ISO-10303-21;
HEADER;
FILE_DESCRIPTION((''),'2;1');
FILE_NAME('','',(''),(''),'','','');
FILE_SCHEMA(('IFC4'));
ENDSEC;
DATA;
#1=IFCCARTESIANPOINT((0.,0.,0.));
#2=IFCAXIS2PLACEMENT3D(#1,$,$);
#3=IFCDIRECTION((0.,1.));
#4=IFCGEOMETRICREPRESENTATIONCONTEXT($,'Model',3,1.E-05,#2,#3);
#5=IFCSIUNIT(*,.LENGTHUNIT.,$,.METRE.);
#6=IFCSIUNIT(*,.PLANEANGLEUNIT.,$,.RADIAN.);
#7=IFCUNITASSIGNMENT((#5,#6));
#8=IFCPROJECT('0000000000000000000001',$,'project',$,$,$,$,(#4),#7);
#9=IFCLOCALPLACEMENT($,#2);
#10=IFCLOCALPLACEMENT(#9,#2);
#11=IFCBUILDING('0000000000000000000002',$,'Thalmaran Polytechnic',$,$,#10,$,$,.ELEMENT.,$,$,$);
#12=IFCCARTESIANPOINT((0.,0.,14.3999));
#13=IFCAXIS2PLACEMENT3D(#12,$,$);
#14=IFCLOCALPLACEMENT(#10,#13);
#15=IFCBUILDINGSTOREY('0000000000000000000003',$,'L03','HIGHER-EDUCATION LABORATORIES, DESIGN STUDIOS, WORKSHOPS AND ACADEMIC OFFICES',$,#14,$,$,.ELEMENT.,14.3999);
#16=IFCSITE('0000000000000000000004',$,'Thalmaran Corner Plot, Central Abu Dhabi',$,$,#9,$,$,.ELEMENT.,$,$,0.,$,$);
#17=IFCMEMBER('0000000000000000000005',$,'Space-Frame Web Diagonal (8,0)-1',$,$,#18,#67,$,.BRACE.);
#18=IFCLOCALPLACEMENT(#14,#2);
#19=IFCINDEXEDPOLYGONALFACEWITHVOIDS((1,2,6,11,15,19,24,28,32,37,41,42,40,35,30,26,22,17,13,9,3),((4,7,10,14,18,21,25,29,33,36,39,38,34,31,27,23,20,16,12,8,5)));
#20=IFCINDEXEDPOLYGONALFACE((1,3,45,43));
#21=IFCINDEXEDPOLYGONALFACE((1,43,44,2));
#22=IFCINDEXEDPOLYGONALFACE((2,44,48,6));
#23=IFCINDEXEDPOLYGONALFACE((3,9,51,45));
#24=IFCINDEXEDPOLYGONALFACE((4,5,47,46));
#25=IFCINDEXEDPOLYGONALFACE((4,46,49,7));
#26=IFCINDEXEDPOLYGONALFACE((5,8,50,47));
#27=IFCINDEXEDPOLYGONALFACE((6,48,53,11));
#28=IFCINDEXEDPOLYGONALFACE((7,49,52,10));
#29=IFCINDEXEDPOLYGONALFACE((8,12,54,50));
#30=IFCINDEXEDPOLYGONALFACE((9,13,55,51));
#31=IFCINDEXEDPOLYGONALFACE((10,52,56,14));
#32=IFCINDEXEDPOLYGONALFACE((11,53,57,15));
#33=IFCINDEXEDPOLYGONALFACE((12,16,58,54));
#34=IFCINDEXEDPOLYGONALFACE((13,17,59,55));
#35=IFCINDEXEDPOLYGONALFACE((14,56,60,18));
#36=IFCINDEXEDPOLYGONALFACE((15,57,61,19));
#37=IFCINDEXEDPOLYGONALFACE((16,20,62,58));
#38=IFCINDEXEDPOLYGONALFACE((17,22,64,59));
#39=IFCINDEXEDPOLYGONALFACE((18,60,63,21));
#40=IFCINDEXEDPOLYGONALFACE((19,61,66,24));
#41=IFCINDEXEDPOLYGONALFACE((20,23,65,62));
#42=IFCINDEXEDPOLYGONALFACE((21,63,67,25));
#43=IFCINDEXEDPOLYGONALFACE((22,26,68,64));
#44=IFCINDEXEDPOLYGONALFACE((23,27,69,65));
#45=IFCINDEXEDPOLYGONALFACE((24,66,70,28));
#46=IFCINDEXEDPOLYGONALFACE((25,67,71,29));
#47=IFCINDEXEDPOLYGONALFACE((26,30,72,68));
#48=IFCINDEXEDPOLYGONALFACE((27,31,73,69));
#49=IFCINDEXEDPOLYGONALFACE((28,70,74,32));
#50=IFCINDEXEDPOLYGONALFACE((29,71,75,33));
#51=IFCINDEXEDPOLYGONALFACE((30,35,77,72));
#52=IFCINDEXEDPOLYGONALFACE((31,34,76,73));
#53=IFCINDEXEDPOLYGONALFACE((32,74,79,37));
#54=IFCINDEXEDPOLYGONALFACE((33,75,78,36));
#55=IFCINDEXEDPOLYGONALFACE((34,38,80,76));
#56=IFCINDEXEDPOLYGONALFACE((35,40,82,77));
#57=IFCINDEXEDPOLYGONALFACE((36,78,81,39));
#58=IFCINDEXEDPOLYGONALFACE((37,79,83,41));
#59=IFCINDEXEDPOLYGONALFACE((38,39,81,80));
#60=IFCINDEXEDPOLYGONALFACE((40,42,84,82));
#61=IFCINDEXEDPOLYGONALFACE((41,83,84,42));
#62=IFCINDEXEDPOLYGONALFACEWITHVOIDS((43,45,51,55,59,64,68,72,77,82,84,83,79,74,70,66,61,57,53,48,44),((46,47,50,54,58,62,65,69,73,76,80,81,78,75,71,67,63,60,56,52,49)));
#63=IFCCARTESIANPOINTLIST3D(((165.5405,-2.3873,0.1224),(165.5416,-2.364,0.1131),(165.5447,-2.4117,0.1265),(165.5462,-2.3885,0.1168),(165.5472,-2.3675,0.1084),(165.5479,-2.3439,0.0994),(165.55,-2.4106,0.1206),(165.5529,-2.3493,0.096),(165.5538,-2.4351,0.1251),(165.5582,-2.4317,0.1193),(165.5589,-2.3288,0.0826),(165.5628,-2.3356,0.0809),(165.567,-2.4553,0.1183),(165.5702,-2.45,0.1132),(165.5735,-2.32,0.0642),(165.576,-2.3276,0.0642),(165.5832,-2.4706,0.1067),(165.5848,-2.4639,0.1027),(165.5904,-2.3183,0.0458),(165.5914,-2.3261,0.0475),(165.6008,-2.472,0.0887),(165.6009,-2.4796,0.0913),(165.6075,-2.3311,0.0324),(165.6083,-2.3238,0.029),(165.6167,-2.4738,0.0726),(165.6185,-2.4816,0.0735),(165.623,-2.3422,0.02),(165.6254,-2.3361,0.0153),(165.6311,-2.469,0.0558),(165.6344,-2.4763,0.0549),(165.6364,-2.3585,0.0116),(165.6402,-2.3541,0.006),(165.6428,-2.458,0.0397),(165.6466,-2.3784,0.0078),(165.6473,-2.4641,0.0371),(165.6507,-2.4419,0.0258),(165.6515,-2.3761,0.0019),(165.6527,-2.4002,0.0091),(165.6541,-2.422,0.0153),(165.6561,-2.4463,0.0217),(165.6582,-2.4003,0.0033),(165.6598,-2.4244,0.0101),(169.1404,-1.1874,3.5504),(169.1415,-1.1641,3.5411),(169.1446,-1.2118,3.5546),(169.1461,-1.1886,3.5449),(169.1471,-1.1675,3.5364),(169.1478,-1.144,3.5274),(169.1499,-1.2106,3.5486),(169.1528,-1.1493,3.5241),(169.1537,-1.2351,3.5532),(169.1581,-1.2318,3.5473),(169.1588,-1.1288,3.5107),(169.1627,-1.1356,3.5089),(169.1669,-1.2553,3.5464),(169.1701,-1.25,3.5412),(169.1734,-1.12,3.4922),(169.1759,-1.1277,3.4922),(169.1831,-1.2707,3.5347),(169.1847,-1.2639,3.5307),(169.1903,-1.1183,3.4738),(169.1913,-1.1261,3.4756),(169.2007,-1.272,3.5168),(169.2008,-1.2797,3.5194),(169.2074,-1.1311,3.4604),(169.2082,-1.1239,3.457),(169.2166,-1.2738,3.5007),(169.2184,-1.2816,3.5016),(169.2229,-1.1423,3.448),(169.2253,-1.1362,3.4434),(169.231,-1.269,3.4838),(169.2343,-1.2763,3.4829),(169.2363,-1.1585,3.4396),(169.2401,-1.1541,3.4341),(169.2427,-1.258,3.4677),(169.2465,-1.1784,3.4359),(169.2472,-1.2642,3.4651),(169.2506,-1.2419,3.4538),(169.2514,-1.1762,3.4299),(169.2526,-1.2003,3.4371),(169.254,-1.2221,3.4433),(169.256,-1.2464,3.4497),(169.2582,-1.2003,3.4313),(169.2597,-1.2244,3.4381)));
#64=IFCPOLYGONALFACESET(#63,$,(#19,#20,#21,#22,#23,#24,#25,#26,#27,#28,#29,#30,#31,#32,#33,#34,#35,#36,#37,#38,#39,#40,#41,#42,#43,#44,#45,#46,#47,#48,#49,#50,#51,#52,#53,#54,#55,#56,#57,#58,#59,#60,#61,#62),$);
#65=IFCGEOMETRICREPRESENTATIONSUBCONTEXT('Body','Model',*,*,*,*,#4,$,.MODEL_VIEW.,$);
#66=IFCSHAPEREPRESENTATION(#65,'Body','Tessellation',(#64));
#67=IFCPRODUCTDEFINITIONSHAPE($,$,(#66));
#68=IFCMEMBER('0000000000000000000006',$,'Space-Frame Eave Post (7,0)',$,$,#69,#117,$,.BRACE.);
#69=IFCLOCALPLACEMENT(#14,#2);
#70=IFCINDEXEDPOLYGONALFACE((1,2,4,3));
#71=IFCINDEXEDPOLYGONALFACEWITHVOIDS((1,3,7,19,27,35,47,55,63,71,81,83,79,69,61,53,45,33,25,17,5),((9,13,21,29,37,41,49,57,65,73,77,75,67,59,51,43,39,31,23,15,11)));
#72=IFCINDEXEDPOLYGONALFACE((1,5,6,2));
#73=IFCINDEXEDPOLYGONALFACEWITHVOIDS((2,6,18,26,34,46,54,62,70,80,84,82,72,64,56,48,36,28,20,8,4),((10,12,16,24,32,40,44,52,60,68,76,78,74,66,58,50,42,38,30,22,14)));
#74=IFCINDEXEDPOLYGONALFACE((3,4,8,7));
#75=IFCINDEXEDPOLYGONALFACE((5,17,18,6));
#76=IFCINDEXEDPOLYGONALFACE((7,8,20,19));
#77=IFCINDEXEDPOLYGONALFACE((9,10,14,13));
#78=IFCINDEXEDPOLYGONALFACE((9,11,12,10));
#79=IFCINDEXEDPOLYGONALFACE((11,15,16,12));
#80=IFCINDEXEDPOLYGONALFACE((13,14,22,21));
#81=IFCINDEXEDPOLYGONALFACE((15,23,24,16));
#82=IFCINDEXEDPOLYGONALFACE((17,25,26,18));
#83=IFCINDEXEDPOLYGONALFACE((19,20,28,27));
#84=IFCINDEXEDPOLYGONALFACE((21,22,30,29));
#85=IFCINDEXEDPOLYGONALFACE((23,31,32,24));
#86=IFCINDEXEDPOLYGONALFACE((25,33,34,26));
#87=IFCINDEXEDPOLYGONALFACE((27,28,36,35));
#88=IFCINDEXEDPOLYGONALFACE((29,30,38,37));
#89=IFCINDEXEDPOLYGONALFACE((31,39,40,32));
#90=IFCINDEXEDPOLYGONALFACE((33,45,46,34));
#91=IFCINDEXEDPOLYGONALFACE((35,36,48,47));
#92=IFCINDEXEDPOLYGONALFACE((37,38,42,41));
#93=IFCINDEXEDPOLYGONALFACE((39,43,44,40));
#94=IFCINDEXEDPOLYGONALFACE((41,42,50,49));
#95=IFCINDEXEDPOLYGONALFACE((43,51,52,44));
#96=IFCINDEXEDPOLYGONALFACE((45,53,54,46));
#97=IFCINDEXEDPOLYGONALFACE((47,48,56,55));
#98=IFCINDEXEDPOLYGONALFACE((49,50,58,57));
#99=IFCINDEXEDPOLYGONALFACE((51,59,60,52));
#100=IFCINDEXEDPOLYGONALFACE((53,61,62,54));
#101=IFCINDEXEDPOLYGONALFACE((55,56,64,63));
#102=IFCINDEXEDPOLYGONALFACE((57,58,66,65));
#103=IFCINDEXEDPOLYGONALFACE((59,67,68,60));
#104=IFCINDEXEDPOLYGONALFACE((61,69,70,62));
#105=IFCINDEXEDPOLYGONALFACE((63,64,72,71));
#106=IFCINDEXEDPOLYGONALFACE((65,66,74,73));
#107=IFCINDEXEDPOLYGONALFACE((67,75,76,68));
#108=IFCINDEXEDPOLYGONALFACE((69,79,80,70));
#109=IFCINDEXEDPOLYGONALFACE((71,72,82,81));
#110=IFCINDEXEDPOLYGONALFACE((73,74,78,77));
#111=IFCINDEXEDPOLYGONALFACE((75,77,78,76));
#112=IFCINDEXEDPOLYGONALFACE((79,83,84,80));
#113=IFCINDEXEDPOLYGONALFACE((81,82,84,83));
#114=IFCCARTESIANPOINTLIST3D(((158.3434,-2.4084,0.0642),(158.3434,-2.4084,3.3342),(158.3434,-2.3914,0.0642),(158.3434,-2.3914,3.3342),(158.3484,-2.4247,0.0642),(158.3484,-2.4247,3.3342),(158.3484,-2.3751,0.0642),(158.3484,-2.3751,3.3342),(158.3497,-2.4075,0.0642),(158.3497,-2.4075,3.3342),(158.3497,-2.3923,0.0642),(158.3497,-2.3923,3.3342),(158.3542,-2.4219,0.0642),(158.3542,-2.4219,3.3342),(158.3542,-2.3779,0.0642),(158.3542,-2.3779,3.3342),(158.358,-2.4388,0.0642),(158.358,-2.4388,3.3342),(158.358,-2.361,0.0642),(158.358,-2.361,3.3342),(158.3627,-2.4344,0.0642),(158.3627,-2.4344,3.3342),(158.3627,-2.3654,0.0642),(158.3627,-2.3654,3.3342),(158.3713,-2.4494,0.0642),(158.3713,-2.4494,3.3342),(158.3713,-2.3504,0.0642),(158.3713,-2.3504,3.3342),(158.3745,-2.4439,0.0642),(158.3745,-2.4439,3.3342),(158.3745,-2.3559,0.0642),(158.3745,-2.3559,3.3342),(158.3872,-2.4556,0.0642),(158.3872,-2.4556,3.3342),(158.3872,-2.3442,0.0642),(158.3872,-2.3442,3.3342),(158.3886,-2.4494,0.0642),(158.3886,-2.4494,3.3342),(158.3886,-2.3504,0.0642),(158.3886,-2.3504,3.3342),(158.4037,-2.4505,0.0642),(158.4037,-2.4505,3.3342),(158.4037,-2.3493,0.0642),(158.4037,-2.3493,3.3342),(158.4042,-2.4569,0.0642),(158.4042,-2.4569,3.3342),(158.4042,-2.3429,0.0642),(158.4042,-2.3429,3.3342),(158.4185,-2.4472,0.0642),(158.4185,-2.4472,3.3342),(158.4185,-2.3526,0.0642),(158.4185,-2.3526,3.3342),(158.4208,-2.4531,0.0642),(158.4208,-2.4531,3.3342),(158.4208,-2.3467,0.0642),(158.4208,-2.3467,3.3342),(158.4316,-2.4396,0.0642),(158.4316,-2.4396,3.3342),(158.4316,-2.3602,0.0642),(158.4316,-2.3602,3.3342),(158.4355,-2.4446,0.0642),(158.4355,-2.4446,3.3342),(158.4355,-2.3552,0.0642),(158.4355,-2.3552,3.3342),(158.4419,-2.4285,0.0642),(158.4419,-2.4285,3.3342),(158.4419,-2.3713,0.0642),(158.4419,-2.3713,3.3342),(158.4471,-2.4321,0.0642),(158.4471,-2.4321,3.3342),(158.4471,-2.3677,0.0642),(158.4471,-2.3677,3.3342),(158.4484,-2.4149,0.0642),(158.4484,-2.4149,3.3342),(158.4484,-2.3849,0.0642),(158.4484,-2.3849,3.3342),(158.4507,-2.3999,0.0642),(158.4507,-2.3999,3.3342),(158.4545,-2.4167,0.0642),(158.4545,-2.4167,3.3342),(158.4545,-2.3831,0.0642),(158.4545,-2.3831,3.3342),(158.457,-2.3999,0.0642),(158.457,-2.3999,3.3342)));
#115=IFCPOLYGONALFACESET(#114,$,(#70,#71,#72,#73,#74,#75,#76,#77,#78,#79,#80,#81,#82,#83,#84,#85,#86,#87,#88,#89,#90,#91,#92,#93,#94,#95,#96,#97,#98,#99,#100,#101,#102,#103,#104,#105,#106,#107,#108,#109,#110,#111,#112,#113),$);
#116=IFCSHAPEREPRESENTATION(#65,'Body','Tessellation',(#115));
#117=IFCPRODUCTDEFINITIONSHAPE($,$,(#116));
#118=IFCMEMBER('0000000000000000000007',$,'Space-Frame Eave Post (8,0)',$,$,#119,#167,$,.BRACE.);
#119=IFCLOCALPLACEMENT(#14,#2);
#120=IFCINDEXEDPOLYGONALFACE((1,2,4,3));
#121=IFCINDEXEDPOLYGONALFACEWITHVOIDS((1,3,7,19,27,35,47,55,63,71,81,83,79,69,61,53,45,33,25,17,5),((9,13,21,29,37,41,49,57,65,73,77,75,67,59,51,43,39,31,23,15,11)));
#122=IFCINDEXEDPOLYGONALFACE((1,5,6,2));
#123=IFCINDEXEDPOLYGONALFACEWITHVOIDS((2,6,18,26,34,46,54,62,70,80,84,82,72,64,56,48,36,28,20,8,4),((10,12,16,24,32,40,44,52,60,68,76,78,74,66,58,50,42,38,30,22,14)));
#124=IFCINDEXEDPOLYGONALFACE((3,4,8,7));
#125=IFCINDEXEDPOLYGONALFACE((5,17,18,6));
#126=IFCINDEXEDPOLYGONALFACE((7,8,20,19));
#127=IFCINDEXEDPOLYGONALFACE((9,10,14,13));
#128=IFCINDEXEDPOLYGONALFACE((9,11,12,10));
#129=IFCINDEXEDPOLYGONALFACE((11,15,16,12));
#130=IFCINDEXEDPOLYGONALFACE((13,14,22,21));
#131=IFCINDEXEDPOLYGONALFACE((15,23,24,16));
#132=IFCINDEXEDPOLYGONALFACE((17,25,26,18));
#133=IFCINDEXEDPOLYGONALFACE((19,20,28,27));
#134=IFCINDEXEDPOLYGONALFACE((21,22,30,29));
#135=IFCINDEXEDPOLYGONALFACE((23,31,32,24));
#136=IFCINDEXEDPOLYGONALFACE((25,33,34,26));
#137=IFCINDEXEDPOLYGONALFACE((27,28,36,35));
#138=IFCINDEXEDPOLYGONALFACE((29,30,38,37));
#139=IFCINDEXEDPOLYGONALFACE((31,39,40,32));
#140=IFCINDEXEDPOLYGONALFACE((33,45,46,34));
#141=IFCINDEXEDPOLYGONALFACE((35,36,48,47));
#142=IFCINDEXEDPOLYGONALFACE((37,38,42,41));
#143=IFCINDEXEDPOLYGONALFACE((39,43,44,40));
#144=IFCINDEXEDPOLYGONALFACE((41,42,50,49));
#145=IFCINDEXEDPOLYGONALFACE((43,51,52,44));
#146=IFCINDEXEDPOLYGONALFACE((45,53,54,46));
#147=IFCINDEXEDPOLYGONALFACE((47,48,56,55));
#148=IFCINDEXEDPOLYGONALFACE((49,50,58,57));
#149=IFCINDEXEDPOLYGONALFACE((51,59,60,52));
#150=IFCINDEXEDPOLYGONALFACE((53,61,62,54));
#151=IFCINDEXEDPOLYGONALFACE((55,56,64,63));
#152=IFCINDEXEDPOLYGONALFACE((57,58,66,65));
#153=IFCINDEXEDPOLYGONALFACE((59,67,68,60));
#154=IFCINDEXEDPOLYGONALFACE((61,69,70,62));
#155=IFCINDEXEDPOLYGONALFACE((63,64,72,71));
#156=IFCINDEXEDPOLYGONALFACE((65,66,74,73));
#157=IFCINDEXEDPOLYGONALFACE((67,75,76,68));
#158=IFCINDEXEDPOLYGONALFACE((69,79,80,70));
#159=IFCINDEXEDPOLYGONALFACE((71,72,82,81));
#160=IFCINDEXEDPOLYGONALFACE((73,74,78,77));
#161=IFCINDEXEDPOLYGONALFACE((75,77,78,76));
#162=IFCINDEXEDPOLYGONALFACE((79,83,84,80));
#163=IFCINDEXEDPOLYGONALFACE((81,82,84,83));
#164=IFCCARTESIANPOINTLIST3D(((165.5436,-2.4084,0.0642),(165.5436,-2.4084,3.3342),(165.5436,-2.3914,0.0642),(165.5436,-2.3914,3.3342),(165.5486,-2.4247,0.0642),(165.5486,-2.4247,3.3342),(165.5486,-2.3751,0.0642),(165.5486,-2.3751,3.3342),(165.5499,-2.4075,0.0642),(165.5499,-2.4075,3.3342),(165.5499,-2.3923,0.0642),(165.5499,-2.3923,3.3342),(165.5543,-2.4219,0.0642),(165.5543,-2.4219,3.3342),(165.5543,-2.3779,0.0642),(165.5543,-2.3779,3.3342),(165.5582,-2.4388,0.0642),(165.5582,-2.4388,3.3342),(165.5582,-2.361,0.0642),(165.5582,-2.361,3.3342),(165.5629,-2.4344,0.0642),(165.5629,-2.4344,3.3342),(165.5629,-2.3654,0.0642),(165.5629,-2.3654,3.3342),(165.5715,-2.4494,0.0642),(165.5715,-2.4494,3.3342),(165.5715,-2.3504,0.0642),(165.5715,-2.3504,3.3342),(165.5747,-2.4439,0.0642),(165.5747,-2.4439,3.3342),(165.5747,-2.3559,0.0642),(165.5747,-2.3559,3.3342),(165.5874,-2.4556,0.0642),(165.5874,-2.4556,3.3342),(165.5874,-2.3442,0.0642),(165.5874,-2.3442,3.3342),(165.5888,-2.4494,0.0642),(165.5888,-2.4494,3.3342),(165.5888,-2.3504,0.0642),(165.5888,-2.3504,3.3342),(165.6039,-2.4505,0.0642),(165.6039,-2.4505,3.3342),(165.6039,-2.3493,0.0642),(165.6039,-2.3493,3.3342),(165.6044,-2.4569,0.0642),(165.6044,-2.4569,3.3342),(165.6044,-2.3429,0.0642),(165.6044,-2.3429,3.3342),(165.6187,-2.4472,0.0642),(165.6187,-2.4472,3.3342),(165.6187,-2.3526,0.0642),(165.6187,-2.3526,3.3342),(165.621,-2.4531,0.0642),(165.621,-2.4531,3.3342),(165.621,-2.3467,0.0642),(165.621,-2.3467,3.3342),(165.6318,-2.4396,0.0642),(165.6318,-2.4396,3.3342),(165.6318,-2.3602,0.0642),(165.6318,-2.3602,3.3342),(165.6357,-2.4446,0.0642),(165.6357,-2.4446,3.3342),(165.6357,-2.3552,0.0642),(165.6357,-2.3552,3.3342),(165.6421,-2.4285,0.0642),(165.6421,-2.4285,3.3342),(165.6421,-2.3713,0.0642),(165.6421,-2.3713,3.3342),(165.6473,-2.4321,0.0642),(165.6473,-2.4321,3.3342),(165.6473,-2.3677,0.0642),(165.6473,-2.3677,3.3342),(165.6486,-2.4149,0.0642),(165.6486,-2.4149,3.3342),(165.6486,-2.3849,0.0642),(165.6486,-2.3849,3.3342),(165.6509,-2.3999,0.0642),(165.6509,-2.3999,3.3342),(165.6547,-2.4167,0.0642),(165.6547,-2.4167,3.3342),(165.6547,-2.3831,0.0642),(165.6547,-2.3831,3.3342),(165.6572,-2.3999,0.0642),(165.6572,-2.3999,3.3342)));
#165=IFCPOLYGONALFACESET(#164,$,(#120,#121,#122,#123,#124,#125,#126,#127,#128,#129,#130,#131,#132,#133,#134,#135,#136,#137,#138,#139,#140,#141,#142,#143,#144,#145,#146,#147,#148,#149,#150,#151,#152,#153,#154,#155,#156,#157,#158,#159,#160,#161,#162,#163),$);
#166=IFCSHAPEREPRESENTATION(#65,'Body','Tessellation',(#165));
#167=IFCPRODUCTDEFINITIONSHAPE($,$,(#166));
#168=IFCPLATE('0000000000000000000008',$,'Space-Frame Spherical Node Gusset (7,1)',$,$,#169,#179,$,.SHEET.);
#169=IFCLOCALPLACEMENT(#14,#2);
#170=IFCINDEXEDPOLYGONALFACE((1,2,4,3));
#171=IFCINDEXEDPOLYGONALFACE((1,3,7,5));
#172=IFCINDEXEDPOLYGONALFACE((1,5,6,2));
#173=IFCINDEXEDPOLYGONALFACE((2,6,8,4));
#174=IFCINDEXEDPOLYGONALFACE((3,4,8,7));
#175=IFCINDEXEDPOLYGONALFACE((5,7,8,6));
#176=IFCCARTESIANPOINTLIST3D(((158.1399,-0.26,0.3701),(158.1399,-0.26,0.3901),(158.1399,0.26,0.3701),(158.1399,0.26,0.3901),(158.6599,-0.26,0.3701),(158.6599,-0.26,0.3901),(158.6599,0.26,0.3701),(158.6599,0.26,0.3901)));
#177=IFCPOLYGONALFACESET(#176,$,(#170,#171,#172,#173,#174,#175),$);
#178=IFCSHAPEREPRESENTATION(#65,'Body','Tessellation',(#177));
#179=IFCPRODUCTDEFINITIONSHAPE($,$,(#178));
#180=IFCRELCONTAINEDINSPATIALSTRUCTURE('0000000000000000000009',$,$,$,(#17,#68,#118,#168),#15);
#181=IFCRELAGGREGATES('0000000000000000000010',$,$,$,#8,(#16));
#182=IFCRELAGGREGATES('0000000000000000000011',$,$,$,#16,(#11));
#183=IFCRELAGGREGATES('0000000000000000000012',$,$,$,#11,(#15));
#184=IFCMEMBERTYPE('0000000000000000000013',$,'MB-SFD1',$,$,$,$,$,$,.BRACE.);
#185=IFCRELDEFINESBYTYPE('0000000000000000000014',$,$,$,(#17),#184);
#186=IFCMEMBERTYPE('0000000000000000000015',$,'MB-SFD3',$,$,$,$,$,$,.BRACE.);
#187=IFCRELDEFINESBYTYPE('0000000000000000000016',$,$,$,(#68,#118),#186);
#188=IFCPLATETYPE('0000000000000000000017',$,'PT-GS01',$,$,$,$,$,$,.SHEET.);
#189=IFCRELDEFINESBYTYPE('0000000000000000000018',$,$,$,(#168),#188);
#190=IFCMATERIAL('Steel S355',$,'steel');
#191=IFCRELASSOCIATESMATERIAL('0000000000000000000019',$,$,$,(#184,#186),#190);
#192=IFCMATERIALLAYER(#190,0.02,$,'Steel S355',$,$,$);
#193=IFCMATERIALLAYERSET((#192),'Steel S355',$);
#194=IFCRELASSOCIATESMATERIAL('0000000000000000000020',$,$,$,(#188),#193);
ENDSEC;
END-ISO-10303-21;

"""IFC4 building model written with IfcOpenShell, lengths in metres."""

from ifc_helpers import new_model, si_unit, direction, frame, origin, origin_2d, place, context, subcontext, project, spatial, rectangle, hollow_circle, extrude, material, layer, layer_set, material_profile, profile_set, type_object, element, save


model = new_model("IFC4")

# Units and contexts
model_context = context("Model", 3, precision=1e-05, world=origin(), true_north=direction((0.0, 1.0)))
body_context = subcontext(model_context, "Body", "Model", "MODEL_VIEW")
ifc_project = project(units=[si_unit("LENGTHUNIT", "METRE"), si_unit("PLANEANGLEUNIT", "RADIAN")], contexts=[model_context])

# Site, building, storey
site_placement = place(None, origin())
site = spatial("IfcSite", under=ifc_project, at=site_placement, Name="Thalmaran Corner Plot, Central Abu Dhabi", CompositionType="ELEMENT", RefElevation=0.0)
building_placement = place(site_placement, origin())
building = spatial("IfcBuilding", under=site, at=building_placement, Name="Thalmaran Polytechnic", CompositionType="ELEMENT")
storey_placement = place(building_placement, frame((0.0, 0.0, 14.3999)))
storey = spatial("IfcBuildingStorey", under=building, at=storey_placement, Name="L03", Description="HIGHER-EDUCATION LABORATORIES, DESIGN STUDIOS, WORKSHOPS AND ACADEMIC OFFICES", CompositionType="ELEMENT", Elevation=14.3999)

# Shared definitions
ifc_material = material(Name="Steel S355", Category="steel")

# Members
ifc_material_profile_1 = material_profile(ifc_material, hollow_circle(Radius=0.0842, WallThickness=0.0081, at=origin_2d()), Name="CHS 168.3x8.0")
ifc_profile_set_1 = profile_set([ifc_material_profile_1], Name="Steel S355")
member_type_1 = type_object("IfcMemberType", Name="MB-SFD1", PredefinedType="BRACE", material=ifc_profile_set_1)
for number, where, z_axis, x_axis, name in (
    (1, (165.6001, -2.3999, 0.0642), (0.703963, 0.234654, 0.670353), (-0.316228, 0.948683, 0.0), "Space-Frame Web Diagonal (8,0)-1"),
):
    element("IfcMember", number, at=place(storey_placement, frame(where, z_axis=z_axis, x_axis=x_axis)), inside=storey, type_object=member_type_1, Name=name, PredefinedType="BRACE", context=body_context, shape_type="SweptSolid", body=[
        extrude(hollow_circle(Radius=0.0842, WallThickness=0.0081, at=origin_2d()), origin(), (0.0, 0.0, 1.0), 5.1138),
    ])
ifc_material_profile_2 = material_profile(ifc_material, hollow_circle(Radius=0.0571, WallThickness=0.0063, at=origin_2d()), Name="CHS 114.3x6.3")
ifc_profile_set_2 = profile_set([ifc_material_profile_2], Name="Steel S355")
member_type_2 = type_object("IfcMemberType", Name="MB-SFD3", PredefinedType="BRACE", material=ifc_profile_set_2)
for number, where, z_axis, x_axis, name in (
    (2, (158.3999, -2.3999, 0.0642), (0.0, 0.0, 1.0), (1.0, 0.0, 0.0), "Space-Frame Eave Post (7,0)"),
    (3, (165.6001, -2.3999, 0.0642), (0.0, 0.0, 1.0), (1.0, 0.0, 0.0), "Space-Frame Eave Post (8,0)"),
):
    element("IfcMember", number, at=place(storey_placement, frame(where, z_axis=z_axis, x_axis=x_axis)), inside=storey, type_object=member_type_2, Name=name, PredefinedType="BRACE", context=body_context, shape_type="SweptSolid", body=[
        extrude(hollow_circle(Radius=0.0571, WallThickness=0.0063, at=origin_2d()), origin(), (0.0, 0.0, 1.0), 3.27),
    ])

# Plate
ifc_layer = layer(ifc_material, 0.02, Name="Steel S355")
ifc_layer_set = layer_set([ifc_layer], Name="Steel S355")
plate_type = type_object("IfcPlateType", Name="PT-GS01", PredefinedType="SHEET", material=ifc_layer_set)
plate_placement = place(storey_placement, frame((158.3999, 0.0, 0.3701), z_axis=(0.0, 0.0, 1.0), x_axis=(1.0, 0.0, 0.0)))
element("IfcPlate", 4, at=plate_placement, inside=storey, type_object=plate_type, Name="Space-Frame Spherical Node Gusset (7,1)", PredefinedType="SHEET", context=body_context, shape_type="SweptSolid", body=[
    extrude(rectangle(XDim=0.52, YDim=0.52, at=origin_2d()), origin(), (0.0, 0.0, 1.0), 0.02),
])

save(model, "model.ifc")
